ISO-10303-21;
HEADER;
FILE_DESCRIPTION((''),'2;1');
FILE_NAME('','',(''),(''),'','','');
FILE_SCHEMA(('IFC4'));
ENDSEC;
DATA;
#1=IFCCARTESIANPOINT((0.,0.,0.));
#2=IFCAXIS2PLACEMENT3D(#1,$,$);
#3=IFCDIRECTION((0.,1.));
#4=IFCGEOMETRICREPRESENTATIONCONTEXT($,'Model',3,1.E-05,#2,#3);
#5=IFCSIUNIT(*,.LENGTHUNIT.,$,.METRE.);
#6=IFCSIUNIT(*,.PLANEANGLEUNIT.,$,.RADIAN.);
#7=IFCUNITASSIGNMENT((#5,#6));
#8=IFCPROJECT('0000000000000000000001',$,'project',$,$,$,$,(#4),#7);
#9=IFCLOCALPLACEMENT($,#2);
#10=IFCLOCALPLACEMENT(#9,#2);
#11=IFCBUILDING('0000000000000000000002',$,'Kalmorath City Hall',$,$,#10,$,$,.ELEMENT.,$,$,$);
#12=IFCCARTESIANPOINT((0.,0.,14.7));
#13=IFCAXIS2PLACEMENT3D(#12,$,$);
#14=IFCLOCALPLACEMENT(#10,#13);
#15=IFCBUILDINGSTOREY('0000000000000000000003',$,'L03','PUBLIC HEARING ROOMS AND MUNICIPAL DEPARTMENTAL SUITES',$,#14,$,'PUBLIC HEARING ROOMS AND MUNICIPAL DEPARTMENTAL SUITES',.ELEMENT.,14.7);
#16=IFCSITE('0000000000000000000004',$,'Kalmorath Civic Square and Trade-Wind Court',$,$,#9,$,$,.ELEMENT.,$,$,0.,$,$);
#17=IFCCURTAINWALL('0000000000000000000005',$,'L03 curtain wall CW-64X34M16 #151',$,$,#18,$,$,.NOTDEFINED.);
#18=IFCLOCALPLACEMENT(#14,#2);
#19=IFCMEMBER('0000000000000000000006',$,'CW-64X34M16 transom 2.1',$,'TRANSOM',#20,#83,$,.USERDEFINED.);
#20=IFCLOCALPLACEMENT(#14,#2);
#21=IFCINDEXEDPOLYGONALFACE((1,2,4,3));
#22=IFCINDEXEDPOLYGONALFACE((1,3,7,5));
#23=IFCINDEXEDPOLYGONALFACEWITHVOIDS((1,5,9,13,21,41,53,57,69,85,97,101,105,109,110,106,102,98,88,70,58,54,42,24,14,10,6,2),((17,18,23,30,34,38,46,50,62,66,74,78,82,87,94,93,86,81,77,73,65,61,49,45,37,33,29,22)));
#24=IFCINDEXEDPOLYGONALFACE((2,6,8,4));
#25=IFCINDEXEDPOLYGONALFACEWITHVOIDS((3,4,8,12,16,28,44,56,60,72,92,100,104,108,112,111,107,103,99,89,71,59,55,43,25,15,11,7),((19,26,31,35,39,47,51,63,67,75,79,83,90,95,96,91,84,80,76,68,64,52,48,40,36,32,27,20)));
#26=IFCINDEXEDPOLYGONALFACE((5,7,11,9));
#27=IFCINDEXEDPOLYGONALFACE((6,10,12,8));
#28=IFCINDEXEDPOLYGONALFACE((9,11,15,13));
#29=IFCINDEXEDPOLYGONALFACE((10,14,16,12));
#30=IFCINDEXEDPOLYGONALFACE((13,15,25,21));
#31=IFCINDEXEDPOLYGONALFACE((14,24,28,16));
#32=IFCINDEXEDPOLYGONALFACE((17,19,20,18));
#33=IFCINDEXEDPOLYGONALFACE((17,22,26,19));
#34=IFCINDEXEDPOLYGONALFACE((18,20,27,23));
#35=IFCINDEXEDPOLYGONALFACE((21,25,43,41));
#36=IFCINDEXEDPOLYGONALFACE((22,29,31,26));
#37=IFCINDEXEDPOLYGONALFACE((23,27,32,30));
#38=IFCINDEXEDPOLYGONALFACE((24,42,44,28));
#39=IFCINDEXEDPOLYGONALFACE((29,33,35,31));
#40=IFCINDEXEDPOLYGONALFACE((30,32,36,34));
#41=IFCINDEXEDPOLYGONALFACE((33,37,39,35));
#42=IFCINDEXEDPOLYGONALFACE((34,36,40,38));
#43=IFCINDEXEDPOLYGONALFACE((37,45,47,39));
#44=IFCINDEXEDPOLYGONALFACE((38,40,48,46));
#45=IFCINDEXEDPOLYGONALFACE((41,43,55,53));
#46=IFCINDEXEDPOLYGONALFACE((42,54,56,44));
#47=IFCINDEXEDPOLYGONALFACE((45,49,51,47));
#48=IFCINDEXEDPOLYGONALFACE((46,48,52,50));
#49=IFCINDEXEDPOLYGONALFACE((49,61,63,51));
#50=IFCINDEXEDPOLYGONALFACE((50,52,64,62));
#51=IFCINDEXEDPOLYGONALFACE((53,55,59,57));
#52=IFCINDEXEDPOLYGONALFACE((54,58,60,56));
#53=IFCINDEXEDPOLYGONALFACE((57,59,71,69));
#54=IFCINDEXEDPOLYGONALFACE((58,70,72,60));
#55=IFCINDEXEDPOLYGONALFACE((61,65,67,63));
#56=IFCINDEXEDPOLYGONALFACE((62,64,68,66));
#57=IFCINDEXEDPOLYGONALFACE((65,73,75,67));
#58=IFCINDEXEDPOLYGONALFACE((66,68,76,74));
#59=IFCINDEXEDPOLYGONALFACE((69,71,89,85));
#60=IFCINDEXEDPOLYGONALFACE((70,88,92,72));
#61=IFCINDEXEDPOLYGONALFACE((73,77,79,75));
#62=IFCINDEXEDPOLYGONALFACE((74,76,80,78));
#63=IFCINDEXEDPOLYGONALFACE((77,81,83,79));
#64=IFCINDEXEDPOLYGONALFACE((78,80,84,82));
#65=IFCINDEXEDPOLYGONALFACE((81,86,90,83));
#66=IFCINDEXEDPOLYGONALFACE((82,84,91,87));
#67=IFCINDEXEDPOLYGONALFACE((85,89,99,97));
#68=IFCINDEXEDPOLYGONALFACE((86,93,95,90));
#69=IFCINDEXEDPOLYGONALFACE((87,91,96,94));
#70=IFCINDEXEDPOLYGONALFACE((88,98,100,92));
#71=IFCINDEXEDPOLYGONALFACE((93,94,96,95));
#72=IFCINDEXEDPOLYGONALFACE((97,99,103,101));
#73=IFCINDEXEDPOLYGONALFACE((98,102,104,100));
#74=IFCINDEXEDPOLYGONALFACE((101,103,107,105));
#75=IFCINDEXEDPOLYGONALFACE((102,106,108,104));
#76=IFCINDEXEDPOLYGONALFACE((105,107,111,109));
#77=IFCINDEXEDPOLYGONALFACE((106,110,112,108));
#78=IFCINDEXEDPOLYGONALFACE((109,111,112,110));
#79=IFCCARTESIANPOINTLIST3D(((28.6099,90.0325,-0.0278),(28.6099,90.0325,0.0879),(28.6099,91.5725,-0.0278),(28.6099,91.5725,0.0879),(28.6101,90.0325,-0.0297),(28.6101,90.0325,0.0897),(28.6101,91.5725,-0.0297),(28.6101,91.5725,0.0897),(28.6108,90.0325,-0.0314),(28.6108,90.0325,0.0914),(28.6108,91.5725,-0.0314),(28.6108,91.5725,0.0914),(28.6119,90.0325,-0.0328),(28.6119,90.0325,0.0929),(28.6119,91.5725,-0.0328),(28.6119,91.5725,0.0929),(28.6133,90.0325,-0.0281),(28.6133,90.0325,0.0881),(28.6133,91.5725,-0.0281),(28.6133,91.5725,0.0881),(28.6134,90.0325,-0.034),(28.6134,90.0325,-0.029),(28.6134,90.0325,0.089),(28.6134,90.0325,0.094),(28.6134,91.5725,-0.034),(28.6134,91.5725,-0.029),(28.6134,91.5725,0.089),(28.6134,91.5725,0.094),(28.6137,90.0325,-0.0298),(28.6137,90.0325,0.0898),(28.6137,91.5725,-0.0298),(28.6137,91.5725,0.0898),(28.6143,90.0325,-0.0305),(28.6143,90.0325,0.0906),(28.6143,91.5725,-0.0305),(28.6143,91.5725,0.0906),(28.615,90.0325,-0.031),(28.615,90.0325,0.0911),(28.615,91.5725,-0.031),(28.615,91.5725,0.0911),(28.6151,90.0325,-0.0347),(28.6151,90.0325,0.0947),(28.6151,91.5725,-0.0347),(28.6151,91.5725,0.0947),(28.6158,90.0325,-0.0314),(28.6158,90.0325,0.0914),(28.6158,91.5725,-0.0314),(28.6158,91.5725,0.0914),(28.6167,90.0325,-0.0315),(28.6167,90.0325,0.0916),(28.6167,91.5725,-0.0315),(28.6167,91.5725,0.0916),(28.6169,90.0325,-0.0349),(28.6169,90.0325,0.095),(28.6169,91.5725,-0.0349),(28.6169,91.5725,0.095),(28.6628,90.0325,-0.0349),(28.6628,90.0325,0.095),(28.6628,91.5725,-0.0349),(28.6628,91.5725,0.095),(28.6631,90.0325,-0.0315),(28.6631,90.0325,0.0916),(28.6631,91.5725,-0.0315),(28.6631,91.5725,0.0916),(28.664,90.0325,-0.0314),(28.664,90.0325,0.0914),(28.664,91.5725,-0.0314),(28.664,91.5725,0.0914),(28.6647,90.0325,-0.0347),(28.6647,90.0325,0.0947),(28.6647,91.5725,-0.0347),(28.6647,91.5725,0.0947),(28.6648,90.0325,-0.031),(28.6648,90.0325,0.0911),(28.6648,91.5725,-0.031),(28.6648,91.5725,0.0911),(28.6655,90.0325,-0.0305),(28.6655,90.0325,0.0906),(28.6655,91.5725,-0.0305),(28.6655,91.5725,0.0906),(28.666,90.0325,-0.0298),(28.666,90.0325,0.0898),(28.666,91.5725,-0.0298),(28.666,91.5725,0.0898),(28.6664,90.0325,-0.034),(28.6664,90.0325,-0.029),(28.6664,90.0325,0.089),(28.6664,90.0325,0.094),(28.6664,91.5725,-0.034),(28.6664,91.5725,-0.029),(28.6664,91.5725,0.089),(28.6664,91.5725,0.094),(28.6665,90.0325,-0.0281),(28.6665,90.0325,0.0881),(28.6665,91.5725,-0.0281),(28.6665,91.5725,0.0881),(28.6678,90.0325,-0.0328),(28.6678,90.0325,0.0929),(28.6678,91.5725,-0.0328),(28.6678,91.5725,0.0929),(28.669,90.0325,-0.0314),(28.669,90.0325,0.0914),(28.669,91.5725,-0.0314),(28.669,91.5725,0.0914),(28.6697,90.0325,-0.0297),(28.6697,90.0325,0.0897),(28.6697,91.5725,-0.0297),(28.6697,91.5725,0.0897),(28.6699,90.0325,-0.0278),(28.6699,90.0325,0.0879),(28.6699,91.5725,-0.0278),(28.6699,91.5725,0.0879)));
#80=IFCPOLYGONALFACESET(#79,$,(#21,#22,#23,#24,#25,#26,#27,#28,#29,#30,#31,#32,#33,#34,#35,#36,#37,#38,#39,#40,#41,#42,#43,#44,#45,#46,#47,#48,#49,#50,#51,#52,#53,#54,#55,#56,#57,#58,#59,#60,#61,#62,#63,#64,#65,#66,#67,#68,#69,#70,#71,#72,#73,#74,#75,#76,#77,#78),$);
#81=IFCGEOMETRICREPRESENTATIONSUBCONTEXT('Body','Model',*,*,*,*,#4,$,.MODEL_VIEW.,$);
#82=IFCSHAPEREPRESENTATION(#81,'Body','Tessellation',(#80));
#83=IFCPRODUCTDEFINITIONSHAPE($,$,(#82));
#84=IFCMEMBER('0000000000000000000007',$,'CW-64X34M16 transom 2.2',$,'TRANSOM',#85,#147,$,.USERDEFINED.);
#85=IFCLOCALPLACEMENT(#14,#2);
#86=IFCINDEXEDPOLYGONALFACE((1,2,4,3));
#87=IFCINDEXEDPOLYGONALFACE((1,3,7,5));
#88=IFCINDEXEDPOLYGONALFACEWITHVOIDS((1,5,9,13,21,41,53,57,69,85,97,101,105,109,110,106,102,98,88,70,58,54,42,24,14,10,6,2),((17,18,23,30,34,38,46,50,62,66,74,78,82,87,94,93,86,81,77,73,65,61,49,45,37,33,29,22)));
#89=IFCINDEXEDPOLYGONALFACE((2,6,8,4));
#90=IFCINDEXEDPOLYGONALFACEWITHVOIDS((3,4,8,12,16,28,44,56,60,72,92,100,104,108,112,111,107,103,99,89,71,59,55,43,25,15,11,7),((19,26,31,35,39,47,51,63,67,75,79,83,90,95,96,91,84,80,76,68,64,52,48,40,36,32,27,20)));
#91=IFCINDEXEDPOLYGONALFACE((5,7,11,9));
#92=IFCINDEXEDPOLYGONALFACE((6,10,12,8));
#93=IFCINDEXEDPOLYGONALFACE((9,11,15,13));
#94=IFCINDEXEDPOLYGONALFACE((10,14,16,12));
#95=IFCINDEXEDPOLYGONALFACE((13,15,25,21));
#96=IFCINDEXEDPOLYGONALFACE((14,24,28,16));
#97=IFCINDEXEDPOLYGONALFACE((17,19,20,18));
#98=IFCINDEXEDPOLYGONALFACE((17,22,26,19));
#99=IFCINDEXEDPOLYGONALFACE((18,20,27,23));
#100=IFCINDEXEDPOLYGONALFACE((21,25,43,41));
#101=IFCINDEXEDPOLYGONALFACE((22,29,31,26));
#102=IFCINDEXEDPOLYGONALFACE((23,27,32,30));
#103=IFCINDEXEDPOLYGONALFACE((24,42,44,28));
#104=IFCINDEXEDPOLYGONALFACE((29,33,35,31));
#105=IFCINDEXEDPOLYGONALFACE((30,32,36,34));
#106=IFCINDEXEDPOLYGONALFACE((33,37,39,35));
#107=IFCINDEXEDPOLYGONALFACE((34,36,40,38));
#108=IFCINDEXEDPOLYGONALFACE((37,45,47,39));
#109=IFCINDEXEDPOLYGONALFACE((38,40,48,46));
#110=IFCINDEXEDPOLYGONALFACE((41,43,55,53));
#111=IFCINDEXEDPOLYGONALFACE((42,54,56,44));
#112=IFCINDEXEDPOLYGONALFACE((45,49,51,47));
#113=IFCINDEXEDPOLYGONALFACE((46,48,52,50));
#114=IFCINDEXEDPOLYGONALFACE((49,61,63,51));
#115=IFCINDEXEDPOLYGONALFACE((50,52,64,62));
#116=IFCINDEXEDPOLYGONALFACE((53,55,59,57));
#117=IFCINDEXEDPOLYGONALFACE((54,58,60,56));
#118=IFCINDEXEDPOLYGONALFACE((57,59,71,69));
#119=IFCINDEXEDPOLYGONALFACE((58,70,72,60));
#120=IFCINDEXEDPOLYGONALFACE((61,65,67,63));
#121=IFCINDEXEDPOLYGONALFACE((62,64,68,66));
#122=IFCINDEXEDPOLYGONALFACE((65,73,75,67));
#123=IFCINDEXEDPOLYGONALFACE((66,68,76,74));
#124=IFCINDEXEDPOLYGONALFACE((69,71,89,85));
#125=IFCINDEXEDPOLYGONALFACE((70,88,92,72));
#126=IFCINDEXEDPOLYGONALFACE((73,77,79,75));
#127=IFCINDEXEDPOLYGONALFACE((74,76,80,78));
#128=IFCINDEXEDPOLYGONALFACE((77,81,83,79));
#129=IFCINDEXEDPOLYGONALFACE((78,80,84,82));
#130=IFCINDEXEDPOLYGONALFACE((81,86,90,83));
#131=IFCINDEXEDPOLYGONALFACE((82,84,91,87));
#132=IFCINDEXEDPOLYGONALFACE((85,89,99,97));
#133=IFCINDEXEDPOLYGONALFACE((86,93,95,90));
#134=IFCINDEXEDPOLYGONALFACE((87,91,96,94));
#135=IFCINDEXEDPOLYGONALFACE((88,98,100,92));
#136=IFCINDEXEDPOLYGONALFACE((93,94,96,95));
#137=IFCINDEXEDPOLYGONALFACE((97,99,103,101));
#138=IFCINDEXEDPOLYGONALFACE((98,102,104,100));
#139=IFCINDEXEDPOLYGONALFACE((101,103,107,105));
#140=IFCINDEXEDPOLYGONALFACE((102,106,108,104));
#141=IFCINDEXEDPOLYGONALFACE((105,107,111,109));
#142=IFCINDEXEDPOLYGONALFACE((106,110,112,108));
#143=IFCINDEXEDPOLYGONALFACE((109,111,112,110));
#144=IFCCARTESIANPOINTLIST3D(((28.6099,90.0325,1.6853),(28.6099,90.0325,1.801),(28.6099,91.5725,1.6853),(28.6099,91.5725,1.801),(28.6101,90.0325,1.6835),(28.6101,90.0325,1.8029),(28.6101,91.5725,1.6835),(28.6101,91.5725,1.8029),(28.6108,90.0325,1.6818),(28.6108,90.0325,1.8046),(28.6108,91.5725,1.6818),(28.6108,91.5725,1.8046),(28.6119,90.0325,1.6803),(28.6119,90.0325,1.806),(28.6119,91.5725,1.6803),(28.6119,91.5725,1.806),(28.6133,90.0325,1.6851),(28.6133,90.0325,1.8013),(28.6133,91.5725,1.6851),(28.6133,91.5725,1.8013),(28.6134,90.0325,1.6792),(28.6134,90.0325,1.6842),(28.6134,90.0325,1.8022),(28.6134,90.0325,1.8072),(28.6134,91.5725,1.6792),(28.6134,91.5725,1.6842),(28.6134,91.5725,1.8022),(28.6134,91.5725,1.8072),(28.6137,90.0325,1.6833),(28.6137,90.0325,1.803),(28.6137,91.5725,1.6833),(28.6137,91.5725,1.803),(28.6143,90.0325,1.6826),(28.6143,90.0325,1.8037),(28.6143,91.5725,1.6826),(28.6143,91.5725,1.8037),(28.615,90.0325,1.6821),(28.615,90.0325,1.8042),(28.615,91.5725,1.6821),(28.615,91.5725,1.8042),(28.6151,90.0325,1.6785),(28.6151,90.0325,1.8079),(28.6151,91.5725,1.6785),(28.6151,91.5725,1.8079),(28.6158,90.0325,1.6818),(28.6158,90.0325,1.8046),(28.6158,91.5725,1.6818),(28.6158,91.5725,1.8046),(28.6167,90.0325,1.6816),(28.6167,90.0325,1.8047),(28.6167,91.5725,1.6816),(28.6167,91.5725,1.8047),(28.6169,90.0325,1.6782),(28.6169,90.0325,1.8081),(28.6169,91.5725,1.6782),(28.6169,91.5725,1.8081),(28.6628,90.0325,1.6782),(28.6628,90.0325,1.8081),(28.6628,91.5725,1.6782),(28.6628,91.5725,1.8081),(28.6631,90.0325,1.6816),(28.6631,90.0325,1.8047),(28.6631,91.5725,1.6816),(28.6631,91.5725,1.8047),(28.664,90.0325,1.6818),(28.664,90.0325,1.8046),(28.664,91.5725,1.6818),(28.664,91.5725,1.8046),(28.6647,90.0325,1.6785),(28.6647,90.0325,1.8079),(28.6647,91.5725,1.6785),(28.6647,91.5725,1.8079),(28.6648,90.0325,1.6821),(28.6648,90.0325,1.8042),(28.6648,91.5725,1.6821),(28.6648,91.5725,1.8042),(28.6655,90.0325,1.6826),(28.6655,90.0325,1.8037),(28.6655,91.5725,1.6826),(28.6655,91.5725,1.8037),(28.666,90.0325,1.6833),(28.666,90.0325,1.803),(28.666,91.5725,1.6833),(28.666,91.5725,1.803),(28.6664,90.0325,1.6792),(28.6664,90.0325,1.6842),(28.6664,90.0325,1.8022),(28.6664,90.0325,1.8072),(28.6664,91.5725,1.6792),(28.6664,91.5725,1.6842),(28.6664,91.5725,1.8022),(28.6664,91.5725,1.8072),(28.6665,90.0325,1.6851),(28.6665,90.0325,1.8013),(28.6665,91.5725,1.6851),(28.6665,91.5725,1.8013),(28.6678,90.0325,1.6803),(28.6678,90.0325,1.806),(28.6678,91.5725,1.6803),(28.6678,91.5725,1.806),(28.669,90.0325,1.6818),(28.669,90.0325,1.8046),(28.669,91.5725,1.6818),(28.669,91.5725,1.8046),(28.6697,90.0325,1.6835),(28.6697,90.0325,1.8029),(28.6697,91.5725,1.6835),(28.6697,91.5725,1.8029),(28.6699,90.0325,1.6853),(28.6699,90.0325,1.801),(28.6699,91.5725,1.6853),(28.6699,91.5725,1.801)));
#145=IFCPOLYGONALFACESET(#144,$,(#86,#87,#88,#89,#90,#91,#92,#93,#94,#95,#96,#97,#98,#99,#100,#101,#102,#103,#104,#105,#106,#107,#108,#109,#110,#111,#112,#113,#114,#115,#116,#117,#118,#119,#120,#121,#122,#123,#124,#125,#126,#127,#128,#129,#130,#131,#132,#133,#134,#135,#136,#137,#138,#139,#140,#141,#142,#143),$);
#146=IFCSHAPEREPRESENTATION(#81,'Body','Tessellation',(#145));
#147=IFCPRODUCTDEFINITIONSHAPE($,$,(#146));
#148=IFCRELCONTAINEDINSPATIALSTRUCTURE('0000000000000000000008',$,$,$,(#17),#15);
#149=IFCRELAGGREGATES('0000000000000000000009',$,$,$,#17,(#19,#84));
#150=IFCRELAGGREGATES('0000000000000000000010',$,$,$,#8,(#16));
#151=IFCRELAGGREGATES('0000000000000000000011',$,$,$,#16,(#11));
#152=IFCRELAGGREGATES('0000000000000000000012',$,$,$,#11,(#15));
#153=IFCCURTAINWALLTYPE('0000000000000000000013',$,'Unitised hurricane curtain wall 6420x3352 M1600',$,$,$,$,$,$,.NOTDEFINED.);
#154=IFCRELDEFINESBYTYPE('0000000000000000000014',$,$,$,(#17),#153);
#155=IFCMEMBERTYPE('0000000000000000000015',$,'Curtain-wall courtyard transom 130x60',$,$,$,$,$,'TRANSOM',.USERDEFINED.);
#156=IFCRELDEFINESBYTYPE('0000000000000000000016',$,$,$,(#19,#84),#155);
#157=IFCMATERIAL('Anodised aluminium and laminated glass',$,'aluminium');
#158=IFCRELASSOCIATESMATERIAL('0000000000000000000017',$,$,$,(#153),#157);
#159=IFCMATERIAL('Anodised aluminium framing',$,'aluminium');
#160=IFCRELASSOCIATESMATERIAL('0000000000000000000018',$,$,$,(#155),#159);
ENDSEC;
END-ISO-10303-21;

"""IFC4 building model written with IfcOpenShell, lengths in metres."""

from ifc_helpers import new_model, si_unit, direction, frame, origin, origin_2d, place, context, subcontext, project, spatial, hollow_rectangle, extrude, material, material_profile, profile_set, type_object, element, aggregate, save


model = new_model("IFC4")

# Units and contexts
model_context = context("Model", 3, precision=1e-05, world=origin(), true_north=direction((0.0, 1.0)))
body_context = subcontext(model_context, "Body", "Model", "MODEL_VIEW")
ifc_project = project(units=[si_unit("LENGTHUNIT", "METRE"), si_unit("PLANEANGLEUNIT", "RADIAN")], contexts=[model_context])

# Site, building, storey
site_placement = place(None, origin())
site = spatial("IfcSite", under=ifc_project, at=site_placement, Name="Kalmorath Civic Square and Trade-Wind Court", CompositionType="ELEMENT", RefElevation=0.0)
building_placement = place(site_placement, origin())
building = spatial("IfcBuilding", under=site, at=building_placement, Name="Kalmorath City Hall", CompositionType="ELEMENT")
storey_placement = place(building_placement, frame((0.0, 0.0, 14.7)))
storey = spatial("IfcBuildingStorey", under=building, at=storey_placement, Name="L03", Description="PUBLIC HEARING ROOMS AND MUNICIPAL DEPARTMENTAL SUITES", LongName="PUBLIC HEARING ROOMS AND MUNICIPAL DEPARTMENTAL SUITES", CompositionType="ELEMENT", Elevation=14.7)

# Curtain wall, members
ifc_material_1 = material(Name="Anodised aluminium and laminated glass", Category="aluminium")
curtain_wall_type = type_object("IfcCurtainWallType", Name="Unitised hurricane curtain wall 6420x3352 M1600", PredefinedType="NOTDEFINED", material=ifc_material_1)
curtain_wall_placement = place(storey_placement, origin())
curtain_wall = element("IfcCurtainWall", 1, at=curtain_wall_placement, inside=storey, type_object=curtain_wall_type, Name="L03 curtain wall CW-64X34M16 #151", PredefinedType="NOTDEFINED")
ifc_material_2 = material(Name="Anodised aluminium framing", Category="aluminium")
ifc_material_profile_1 = material_profile(ifc_material_2, hollow_rectangle(XDim=0.0601, YDim=0.1299, WallThickness=0.0034, InnerFilletRadius=0.0034, OuterFilletRadius=0.0071, at=origin_2d()), Name="ALU-TRN-130X60X3.5")
ifc_profile_set_1 = profile_set([ifc_material_profile_1], Name="Anodised aluminium framing")
member_type_1 = type_object("IfcMemberType", Name="Curtain-wall courtyard transom 130x60", ElementType="TRANSOM", PredefinedType="USERDEFINED", material=ifc_profile_set_1)
member_1_placement = place(storey_placement, frame((28.6399, 91.5725, 0.03), z_axis=(0.0, -1.0, 0.0), x_axis=(1.0, 0.0, 0.0)))
member_1 = element("IfcMember", 2, at=member_1_placement, type_object=member_type_1, Name="CW-64X34M16 transom 2.1", ObjectType="TRANSOM", PredefinedType="USERDEFINED", context=body_context, shape_type="SweptSolid", body=[
    extrude(hollow_rectangle(XDim=0.0601, YDim=0.1299, WallThickness=0.0034, InnerFilletRadius=0.0034, OuterFilletRadius=0.0071, at=origin_2d()), origin(), (0.0, 0.0, 1.0), 1.54),
])
member_2_placement = place(storey_placement, frame((28.6399, 91.5725, 1.7432), z_axis=(0.0, -1.0, 0.0), x_axis=(1.0, 0.0, 0.0)))
member_2 = element("IfcMember", 3, at=member_2_placement, type_object=member_type_1, Name="CW-64X34M16 transom 2.2", ObjectType="TRANSOM", PredefinedType="USERDEFINED", context=body_context, shape_type="SweptSolid", body=[
    extrude(hollow_rectangle(XDim=0.0601, YDim=0.1299, WallThickness=0.0034, InnerFilletRadius=0.0034, OuterFilletRadius=0.0071, at=origin_2d()), origin(), (0.0, 0.0, 1.0), 1.54),
])

aggregate(curtain_wall, [member_1, member_2])

save(model, "model.ifc")
